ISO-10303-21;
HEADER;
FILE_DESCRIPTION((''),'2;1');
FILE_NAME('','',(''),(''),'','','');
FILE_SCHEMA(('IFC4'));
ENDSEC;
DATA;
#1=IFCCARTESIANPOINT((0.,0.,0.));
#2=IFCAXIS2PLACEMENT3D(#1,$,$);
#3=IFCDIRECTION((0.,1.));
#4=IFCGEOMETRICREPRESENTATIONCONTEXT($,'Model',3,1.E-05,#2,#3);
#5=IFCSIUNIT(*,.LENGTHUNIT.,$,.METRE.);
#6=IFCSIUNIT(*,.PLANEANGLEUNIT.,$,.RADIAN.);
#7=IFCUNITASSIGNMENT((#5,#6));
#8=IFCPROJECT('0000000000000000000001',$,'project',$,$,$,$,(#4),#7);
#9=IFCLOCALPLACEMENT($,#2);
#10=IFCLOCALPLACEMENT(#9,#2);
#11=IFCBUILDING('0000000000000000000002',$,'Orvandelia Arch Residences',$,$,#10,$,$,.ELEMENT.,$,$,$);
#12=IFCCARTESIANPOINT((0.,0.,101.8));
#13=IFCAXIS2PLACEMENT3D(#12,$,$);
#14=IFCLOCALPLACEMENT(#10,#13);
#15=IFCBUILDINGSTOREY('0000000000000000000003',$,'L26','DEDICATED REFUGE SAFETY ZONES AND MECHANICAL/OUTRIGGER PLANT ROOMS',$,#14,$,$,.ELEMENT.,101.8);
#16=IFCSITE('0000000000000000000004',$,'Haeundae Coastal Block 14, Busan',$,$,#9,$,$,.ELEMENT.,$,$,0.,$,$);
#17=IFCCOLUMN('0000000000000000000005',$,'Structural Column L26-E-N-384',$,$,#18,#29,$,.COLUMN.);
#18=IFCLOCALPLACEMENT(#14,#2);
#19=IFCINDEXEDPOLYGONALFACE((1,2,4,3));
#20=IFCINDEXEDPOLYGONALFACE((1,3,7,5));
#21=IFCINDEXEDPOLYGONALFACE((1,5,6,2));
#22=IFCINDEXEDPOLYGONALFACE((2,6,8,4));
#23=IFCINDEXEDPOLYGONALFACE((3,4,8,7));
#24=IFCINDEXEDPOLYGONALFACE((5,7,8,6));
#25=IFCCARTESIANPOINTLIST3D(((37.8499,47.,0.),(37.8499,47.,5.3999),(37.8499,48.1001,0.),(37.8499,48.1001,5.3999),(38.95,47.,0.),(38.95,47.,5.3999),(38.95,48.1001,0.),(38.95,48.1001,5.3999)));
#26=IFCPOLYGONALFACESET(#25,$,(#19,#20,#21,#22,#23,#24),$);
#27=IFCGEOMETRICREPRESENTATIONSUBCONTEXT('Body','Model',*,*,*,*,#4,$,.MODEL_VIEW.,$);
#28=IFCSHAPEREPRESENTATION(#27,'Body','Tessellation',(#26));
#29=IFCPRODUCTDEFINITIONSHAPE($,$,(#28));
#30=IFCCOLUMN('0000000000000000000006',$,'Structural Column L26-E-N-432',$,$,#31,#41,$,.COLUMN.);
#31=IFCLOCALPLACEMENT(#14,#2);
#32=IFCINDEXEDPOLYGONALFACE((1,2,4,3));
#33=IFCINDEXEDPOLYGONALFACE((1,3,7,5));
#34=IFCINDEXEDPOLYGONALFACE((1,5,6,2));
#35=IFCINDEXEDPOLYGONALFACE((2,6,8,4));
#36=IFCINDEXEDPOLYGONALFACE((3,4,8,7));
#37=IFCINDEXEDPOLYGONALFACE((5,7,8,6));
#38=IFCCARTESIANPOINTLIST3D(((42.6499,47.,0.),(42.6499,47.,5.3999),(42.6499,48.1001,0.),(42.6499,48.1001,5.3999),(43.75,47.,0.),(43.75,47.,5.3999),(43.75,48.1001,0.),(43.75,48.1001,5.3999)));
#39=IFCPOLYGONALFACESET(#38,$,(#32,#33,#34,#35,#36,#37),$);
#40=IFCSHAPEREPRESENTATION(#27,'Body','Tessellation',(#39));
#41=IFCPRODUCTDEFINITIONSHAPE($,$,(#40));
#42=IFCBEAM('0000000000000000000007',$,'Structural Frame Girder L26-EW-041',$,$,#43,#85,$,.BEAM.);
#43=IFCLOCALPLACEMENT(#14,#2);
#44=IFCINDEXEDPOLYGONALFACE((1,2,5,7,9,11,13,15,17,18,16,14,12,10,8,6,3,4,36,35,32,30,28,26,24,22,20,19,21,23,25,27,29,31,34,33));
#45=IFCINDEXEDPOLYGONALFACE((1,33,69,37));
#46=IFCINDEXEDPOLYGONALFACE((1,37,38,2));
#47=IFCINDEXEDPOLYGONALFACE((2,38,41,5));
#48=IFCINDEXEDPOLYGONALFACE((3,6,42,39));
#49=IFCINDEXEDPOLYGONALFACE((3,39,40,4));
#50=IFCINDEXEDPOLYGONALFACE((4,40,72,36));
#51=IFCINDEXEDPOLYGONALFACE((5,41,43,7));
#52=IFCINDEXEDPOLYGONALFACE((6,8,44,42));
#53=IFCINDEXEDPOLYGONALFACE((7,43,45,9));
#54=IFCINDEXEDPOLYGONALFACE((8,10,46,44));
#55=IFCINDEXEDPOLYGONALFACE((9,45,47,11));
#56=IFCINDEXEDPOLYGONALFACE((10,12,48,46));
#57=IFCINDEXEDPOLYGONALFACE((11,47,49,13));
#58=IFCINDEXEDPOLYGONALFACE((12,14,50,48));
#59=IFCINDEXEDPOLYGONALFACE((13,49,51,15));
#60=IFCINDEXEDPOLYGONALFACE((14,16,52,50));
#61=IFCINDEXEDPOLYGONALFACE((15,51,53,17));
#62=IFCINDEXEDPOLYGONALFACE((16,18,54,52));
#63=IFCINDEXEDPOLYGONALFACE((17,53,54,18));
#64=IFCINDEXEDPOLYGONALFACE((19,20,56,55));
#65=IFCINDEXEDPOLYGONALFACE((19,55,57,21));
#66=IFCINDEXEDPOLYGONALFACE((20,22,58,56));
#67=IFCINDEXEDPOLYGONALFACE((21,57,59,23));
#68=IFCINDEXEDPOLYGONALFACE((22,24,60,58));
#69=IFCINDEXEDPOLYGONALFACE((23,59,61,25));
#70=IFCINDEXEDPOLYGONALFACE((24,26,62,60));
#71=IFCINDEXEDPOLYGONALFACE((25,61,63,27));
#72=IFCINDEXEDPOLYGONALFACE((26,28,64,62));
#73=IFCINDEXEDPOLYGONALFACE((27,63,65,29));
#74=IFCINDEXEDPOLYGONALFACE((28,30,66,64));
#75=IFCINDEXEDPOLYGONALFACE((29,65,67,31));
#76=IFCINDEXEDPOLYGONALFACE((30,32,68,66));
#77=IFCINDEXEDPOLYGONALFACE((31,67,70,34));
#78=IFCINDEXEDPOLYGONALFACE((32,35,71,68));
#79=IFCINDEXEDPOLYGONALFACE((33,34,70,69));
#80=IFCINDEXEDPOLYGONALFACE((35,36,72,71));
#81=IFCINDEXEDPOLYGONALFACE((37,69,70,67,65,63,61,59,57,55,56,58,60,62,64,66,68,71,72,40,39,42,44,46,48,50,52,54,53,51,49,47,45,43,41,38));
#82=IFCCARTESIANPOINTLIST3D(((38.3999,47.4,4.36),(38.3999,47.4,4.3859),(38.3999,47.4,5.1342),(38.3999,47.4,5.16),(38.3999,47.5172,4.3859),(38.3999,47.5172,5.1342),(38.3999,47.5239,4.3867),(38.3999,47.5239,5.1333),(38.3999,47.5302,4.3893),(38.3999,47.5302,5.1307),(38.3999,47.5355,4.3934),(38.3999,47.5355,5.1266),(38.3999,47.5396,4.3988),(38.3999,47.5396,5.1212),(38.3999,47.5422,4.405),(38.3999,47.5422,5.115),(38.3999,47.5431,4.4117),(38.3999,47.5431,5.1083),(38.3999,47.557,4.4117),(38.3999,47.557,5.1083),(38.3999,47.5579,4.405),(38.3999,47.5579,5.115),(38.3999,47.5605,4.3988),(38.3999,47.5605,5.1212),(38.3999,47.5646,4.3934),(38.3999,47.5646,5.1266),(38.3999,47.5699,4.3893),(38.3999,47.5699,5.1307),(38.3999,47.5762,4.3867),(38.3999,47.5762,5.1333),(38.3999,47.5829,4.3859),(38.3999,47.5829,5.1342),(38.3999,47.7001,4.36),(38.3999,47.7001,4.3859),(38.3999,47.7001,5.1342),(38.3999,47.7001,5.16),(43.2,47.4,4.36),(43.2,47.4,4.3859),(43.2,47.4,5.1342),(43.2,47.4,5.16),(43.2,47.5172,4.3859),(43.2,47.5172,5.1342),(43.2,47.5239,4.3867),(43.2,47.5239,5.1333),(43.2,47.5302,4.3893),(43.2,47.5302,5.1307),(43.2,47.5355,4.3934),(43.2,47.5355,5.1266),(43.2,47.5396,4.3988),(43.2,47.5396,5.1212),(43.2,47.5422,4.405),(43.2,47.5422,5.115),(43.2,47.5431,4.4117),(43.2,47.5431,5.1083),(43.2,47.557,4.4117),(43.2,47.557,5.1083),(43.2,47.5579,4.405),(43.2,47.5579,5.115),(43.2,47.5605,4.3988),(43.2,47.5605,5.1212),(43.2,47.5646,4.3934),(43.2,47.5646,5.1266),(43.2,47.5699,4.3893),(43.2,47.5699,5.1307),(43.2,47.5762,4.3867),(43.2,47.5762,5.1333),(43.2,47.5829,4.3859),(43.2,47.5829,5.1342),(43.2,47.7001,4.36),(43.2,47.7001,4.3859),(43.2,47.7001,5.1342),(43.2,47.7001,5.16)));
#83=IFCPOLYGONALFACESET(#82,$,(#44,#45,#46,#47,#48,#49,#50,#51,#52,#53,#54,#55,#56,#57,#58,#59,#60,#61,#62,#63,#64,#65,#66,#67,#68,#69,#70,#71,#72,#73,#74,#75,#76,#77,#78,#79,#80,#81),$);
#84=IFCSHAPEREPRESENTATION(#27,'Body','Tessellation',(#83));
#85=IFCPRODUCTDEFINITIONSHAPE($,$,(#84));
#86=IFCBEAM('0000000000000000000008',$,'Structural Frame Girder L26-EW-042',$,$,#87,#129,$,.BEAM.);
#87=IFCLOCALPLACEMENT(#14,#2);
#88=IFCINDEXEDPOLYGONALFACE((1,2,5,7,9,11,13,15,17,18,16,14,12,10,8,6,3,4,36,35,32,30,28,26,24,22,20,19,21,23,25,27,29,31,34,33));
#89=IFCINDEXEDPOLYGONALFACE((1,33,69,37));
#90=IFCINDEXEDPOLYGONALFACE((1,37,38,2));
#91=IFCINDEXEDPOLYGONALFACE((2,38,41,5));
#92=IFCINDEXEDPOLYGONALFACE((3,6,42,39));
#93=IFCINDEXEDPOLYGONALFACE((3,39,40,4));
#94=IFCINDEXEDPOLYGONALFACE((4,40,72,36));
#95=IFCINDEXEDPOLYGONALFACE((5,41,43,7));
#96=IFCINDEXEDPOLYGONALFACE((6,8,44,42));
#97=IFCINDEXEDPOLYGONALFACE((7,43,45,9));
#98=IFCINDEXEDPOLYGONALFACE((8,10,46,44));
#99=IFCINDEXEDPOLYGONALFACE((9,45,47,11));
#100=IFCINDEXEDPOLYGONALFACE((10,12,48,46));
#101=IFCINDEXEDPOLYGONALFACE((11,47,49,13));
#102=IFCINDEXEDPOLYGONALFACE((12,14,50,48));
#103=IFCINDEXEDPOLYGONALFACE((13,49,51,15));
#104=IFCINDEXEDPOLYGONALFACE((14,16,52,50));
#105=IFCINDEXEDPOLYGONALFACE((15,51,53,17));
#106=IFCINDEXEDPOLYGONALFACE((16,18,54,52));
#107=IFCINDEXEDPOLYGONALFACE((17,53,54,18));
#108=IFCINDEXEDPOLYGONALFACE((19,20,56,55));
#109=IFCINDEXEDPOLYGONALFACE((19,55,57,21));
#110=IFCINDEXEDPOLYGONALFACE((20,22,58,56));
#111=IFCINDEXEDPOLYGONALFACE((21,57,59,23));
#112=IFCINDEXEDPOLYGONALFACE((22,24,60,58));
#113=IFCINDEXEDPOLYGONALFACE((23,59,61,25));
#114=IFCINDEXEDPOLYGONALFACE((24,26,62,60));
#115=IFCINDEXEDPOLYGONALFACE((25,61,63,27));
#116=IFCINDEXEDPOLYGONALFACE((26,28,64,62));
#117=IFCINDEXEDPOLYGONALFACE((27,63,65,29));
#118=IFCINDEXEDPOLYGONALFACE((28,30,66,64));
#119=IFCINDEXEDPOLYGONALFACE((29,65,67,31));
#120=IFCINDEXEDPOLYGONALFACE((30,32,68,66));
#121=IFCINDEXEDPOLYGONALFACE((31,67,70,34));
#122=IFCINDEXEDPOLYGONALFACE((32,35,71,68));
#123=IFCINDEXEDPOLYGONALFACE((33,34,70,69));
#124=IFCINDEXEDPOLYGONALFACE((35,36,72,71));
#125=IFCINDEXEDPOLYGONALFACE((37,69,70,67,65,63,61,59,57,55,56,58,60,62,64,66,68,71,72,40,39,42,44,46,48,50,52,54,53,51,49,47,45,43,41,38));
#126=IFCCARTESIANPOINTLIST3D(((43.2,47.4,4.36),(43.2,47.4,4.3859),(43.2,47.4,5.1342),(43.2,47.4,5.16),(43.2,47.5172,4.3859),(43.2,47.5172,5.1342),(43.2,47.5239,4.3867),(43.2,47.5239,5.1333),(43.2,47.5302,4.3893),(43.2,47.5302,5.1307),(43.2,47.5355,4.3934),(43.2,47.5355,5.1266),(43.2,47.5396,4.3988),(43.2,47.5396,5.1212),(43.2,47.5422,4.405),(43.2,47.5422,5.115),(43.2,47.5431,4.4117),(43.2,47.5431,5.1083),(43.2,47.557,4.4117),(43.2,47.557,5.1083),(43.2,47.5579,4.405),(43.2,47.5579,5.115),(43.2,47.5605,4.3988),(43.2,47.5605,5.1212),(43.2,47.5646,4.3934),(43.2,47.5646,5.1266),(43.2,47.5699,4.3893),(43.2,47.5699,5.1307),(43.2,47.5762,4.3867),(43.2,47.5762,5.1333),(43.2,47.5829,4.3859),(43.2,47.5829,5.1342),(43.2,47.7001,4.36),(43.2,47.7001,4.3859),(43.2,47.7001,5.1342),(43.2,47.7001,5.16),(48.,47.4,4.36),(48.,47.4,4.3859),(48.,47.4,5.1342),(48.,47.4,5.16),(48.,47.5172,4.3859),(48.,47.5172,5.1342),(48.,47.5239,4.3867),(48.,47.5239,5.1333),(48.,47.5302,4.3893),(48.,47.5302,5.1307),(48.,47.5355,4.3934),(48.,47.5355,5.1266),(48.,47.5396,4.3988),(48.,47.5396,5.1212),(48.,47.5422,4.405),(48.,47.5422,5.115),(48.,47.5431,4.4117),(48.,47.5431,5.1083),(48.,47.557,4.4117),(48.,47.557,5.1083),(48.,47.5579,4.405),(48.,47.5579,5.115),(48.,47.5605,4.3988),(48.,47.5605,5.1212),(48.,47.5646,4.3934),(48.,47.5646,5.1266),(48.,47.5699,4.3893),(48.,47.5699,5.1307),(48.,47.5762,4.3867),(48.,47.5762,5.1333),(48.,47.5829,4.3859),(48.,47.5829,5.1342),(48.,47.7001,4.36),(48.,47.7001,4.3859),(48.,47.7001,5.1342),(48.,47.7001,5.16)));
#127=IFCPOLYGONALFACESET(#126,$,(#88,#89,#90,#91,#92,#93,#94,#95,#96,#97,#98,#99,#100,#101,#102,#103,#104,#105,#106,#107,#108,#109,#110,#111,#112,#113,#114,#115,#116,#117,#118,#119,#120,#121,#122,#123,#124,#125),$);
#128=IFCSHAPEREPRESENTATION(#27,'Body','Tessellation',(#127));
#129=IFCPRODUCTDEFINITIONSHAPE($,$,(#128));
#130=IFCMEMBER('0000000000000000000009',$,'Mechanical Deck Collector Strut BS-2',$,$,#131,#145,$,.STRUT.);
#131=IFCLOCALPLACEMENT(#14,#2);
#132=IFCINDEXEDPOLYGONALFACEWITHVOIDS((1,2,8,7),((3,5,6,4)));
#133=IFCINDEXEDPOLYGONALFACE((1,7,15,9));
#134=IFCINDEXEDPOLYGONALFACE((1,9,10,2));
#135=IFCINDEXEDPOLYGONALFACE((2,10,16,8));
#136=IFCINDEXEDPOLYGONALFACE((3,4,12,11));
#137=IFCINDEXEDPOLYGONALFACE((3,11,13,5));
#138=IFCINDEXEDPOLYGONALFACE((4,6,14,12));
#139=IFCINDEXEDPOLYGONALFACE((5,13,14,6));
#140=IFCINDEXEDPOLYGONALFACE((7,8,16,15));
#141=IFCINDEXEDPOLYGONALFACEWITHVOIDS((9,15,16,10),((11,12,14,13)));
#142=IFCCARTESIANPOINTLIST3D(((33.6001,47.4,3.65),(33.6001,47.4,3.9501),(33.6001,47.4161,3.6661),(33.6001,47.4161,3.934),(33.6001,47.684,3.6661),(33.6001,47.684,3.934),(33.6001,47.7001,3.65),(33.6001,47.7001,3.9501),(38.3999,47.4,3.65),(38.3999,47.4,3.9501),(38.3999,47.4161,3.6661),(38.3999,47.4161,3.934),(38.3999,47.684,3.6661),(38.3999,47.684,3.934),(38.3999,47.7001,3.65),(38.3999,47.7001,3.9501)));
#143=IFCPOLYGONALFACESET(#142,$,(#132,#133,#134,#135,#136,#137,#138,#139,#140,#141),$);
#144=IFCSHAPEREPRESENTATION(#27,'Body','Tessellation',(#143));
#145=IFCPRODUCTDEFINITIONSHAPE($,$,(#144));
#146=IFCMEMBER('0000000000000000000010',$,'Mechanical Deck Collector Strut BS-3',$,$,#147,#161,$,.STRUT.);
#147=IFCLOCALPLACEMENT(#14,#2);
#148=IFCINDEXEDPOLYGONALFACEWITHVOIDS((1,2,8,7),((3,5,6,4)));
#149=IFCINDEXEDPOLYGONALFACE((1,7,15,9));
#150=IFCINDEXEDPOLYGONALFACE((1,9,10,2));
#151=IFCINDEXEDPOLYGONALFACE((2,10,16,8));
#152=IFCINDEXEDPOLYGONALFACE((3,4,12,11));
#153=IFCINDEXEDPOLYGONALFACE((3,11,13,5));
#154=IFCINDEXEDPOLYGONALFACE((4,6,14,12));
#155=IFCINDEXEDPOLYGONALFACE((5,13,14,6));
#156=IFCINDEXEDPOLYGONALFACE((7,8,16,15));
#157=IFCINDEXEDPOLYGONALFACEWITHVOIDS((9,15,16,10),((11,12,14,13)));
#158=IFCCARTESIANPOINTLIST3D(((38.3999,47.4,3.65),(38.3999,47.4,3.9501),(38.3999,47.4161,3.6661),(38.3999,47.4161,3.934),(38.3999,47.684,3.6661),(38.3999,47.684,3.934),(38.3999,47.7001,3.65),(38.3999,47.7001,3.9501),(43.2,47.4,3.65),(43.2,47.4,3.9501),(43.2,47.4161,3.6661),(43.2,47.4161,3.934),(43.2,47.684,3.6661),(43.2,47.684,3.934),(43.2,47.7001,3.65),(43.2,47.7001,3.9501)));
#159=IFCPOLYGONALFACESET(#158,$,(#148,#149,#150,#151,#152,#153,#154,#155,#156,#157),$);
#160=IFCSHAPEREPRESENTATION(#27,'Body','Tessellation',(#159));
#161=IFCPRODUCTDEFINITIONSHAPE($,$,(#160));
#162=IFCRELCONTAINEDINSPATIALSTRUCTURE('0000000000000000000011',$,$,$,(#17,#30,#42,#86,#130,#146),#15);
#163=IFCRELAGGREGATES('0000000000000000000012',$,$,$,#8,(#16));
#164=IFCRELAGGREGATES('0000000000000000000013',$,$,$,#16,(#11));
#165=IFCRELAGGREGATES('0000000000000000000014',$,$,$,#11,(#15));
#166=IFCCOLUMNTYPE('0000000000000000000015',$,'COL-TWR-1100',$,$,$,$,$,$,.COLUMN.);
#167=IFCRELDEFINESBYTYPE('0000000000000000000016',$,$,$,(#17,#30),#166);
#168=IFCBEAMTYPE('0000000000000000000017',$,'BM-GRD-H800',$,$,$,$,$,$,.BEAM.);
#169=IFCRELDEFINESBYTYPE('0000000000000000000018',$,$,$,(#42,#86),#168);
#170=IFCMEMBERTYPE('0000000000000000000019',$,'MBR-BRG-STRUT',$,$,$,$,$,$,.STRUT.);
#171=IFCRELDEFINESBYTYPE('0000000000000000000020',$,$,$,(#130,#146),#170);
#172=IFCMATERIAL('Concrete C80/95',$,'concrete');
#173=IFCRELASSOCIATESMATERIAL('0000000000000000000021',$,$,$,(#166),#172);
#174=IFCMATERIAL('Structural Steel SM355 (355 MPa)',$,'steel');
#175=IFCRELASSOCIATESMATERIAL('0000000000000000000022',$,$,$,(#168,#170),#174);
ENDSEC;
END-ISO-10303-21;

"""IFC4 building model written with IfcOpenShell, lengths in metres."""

from ifc_helpers import new_model, si_unit, direction, frame, origin, origin_2d, place, context, subcontext, project, spatial, rectangle, hollow_rectangle, i_section, extrude, material, material_profile, profile_set, type_object, element, save


model = new_model("IFC4")

# Units and contexts
model_context = context("Model", 3, precision=1e-05, world=origin(), true_north=direction((0.0, 1.0)))
body_context = subcontext(model_context, "Body", "Model", "MODEL_VIEW")
ifc_project = project(units=[si_unit("LENGTHUNIT", "METRE"), si_unit("PLANEANGLEUNIT", "RADIAN")], contexts=[model_context])

# Site, building, storey
site_placement = place(None, origin())
site = spatial("IfcSite", under=ifc_project, at=site_placement, Name="Haeundae Coastal Block 14, Busan", CompositionType="ELEMENT", RefElevation=0.0)
building_placement = place(site_placement, origin())
building = spatial("IfcBuilding", under=site, at=building_placement, Name="Orvandelia Arch Residences", CompositionType="ELEMENT")
storey_placement = place(building_placement, frame((0.0, 0.0, 101.8)))
storey = spatial("IfcBuildingStorey", under=building, at=storey_placement, Name="L26", Description="DEDICATED REFUGE SAFETY ZONES AND MECHANICAL/OUTRIGGER PLANT ROOMS", CompositionType="ELEMENT", Elevation=101.8)

# Columns
ifc_material_1 = material(Name="Concrete C80/95", Category="concrete")
ifc_material_profile_1 = material_profile(ifc_material_1, rectangle(XDim=1.1001, YDim=1.1001, at=origin_2d()), Name="Concrete C80/95", Category="concrete")
ifc_profile_set_1 = profile_set([ifc_material_profile_1], Name="Concrete C80/95")
column_type = type_object("IfcColumnType", Name="COL-TWR-1100", PredefinedType="COLUMN", material=ifc_profile_set_1)
for number, where, z_axis, x_axis, name in (
    (1, (38.3999, 47.55, 0.0), (0.0, 0.0, 1.0), (1.0, 0.0, 0.0), "Structural Column L26-E-N-384"),
    (2, (43.2, 47.55, 0.0), (0.0, 0.0, 1.0), (1.0, 0.0, 0.0), "Structural Column L26-E-N-432"),
):
    element("IfcColumn", number, at=place(storey_placement, frame(where, z_axis=z_axis, x_axis=x_axis)), inside=storey, type_object=column_type, Name=name, PredefinedType="COLUMN", context=body_context, shape_type="SweptSolid", body=[
        extrude(rectangle(XDim=1.1001, YDim=1.1001, at=origin_2d()), origin(), (0.0, 0.0, 1.0), 5.3999),
    ])

# Beams
ifc_material_2 = material(Name="Structural Steel SM355 (355 MPa)", Category="steel")
ifc_material_profile_2 = material_profile(ifc_material_2, i_section(OverallWidth=0.3, OverallDepth=0.8, WebThickness=0.0139, FlangeThickness=0.0259, FilletRadius=0.0259, at=origin_2d()), Name="Structural Steel SM355 (355 MPa)", Category="steel")
ifc_profile_set_2 = profile_set([ifc_material_profile_2], Name="Structural Steel SM355 (355 MPa)")
beam_type = type_object("IfcBeamType", Name="BM-GRD-H800", PredefinedType="BEAM", material=ifc_profile_set_2)
for number, where, z_axis, x_axis, name in (
    (3, (38.3999, 47.55, 4.76), (1.0, 0.0, 0.0), (0.0, 1.0, 0.0), "Structural Frame Girder L26-EW-041"),
    (4, (43.2, 47.55, 4.76), (1.0, 0.0, 0.0), (0.0, 1.0, 0.0), "Structural Frame Girder L26-EW-042"),
):
    element("IfcBeam", number, at=place(storey_placement, frame(where, z_axis=z_axis, x_axis=x_axis)), inside=storey, type_object=beam_type, Name=name, PredefinedType="BEAM", context=body_context, shape_type="SweptSolid", body=[
        extrude(i_section(OverallWidth=0.3, OverallDepth=0.8, WebThickness=0.0139, FlangeThickness=0.0259, FilletRadius=0.0259, at=origin_2d()), origin(), (0.0, 0.0, 1.0), 4.8),
    ])

# Members
ifc_material_profile_3 = material_profile(ifc_material_2, hollow_rectangle(XDim=0.3, YDim=0.3, WallThickness=0.0161, at=origin_2d()), Name="Structural Steel SM355 (355 MPa)", Category="steel")
ifc_profile_set_3 = profile_set([ifc_material_profile_3], Name="Structural Steel SM355 (355 MPa)")
member_type_1 = type_object("IfcMemberType", Name="MBR-BRG-STRUT", PredefinedType="STRUT", material=ifc_profile_set_3)
member_1_placement = place(storey_placement, frame((33.6001, 47.55, 3.8), z_axis=(1.0, 0.0, 0.0), x_axis=(0.0, 1.0, 0.0)))
element("IfcMember", 5, at=member_1_placement, inside=storey, type_object=member_type_1, Name="Mechanical Deck Collector Strut BS-2", PredefinedType="STRUT", context=body_context, shape_type="SweptSolid", body=[
    extrude(hollow_rectangle(XDim=0.3, YDim=0.3, WallThickness=0.0161, at=origin_2d()), origin(), (0.0, 0.0, 1.0), 4.7998),
])
member_2_placement = place(storey_placement, frame((38.3999, 47.55, 3.8), z_axis=(1.0, 0.0, 0.0), x_axis=(0.0, 1.0, 0.0)))
element("IfcMember", 6, at=member_2_placement, inside=storey, type_object=member_type_1, Name="Mechanical Deck Collector Strut BS-3", PredefinedType="STRUT", context=body_context, shape_type="SweptSolid", body=[
    extrude(hollow_rectangle(XDim=0.3, YDim=0.3, WallThickness=0.0161, at=origin_2d()), origin(), (0.0, 0.0, 1.0), 4.8),
])

save(model, "model.ifc")
